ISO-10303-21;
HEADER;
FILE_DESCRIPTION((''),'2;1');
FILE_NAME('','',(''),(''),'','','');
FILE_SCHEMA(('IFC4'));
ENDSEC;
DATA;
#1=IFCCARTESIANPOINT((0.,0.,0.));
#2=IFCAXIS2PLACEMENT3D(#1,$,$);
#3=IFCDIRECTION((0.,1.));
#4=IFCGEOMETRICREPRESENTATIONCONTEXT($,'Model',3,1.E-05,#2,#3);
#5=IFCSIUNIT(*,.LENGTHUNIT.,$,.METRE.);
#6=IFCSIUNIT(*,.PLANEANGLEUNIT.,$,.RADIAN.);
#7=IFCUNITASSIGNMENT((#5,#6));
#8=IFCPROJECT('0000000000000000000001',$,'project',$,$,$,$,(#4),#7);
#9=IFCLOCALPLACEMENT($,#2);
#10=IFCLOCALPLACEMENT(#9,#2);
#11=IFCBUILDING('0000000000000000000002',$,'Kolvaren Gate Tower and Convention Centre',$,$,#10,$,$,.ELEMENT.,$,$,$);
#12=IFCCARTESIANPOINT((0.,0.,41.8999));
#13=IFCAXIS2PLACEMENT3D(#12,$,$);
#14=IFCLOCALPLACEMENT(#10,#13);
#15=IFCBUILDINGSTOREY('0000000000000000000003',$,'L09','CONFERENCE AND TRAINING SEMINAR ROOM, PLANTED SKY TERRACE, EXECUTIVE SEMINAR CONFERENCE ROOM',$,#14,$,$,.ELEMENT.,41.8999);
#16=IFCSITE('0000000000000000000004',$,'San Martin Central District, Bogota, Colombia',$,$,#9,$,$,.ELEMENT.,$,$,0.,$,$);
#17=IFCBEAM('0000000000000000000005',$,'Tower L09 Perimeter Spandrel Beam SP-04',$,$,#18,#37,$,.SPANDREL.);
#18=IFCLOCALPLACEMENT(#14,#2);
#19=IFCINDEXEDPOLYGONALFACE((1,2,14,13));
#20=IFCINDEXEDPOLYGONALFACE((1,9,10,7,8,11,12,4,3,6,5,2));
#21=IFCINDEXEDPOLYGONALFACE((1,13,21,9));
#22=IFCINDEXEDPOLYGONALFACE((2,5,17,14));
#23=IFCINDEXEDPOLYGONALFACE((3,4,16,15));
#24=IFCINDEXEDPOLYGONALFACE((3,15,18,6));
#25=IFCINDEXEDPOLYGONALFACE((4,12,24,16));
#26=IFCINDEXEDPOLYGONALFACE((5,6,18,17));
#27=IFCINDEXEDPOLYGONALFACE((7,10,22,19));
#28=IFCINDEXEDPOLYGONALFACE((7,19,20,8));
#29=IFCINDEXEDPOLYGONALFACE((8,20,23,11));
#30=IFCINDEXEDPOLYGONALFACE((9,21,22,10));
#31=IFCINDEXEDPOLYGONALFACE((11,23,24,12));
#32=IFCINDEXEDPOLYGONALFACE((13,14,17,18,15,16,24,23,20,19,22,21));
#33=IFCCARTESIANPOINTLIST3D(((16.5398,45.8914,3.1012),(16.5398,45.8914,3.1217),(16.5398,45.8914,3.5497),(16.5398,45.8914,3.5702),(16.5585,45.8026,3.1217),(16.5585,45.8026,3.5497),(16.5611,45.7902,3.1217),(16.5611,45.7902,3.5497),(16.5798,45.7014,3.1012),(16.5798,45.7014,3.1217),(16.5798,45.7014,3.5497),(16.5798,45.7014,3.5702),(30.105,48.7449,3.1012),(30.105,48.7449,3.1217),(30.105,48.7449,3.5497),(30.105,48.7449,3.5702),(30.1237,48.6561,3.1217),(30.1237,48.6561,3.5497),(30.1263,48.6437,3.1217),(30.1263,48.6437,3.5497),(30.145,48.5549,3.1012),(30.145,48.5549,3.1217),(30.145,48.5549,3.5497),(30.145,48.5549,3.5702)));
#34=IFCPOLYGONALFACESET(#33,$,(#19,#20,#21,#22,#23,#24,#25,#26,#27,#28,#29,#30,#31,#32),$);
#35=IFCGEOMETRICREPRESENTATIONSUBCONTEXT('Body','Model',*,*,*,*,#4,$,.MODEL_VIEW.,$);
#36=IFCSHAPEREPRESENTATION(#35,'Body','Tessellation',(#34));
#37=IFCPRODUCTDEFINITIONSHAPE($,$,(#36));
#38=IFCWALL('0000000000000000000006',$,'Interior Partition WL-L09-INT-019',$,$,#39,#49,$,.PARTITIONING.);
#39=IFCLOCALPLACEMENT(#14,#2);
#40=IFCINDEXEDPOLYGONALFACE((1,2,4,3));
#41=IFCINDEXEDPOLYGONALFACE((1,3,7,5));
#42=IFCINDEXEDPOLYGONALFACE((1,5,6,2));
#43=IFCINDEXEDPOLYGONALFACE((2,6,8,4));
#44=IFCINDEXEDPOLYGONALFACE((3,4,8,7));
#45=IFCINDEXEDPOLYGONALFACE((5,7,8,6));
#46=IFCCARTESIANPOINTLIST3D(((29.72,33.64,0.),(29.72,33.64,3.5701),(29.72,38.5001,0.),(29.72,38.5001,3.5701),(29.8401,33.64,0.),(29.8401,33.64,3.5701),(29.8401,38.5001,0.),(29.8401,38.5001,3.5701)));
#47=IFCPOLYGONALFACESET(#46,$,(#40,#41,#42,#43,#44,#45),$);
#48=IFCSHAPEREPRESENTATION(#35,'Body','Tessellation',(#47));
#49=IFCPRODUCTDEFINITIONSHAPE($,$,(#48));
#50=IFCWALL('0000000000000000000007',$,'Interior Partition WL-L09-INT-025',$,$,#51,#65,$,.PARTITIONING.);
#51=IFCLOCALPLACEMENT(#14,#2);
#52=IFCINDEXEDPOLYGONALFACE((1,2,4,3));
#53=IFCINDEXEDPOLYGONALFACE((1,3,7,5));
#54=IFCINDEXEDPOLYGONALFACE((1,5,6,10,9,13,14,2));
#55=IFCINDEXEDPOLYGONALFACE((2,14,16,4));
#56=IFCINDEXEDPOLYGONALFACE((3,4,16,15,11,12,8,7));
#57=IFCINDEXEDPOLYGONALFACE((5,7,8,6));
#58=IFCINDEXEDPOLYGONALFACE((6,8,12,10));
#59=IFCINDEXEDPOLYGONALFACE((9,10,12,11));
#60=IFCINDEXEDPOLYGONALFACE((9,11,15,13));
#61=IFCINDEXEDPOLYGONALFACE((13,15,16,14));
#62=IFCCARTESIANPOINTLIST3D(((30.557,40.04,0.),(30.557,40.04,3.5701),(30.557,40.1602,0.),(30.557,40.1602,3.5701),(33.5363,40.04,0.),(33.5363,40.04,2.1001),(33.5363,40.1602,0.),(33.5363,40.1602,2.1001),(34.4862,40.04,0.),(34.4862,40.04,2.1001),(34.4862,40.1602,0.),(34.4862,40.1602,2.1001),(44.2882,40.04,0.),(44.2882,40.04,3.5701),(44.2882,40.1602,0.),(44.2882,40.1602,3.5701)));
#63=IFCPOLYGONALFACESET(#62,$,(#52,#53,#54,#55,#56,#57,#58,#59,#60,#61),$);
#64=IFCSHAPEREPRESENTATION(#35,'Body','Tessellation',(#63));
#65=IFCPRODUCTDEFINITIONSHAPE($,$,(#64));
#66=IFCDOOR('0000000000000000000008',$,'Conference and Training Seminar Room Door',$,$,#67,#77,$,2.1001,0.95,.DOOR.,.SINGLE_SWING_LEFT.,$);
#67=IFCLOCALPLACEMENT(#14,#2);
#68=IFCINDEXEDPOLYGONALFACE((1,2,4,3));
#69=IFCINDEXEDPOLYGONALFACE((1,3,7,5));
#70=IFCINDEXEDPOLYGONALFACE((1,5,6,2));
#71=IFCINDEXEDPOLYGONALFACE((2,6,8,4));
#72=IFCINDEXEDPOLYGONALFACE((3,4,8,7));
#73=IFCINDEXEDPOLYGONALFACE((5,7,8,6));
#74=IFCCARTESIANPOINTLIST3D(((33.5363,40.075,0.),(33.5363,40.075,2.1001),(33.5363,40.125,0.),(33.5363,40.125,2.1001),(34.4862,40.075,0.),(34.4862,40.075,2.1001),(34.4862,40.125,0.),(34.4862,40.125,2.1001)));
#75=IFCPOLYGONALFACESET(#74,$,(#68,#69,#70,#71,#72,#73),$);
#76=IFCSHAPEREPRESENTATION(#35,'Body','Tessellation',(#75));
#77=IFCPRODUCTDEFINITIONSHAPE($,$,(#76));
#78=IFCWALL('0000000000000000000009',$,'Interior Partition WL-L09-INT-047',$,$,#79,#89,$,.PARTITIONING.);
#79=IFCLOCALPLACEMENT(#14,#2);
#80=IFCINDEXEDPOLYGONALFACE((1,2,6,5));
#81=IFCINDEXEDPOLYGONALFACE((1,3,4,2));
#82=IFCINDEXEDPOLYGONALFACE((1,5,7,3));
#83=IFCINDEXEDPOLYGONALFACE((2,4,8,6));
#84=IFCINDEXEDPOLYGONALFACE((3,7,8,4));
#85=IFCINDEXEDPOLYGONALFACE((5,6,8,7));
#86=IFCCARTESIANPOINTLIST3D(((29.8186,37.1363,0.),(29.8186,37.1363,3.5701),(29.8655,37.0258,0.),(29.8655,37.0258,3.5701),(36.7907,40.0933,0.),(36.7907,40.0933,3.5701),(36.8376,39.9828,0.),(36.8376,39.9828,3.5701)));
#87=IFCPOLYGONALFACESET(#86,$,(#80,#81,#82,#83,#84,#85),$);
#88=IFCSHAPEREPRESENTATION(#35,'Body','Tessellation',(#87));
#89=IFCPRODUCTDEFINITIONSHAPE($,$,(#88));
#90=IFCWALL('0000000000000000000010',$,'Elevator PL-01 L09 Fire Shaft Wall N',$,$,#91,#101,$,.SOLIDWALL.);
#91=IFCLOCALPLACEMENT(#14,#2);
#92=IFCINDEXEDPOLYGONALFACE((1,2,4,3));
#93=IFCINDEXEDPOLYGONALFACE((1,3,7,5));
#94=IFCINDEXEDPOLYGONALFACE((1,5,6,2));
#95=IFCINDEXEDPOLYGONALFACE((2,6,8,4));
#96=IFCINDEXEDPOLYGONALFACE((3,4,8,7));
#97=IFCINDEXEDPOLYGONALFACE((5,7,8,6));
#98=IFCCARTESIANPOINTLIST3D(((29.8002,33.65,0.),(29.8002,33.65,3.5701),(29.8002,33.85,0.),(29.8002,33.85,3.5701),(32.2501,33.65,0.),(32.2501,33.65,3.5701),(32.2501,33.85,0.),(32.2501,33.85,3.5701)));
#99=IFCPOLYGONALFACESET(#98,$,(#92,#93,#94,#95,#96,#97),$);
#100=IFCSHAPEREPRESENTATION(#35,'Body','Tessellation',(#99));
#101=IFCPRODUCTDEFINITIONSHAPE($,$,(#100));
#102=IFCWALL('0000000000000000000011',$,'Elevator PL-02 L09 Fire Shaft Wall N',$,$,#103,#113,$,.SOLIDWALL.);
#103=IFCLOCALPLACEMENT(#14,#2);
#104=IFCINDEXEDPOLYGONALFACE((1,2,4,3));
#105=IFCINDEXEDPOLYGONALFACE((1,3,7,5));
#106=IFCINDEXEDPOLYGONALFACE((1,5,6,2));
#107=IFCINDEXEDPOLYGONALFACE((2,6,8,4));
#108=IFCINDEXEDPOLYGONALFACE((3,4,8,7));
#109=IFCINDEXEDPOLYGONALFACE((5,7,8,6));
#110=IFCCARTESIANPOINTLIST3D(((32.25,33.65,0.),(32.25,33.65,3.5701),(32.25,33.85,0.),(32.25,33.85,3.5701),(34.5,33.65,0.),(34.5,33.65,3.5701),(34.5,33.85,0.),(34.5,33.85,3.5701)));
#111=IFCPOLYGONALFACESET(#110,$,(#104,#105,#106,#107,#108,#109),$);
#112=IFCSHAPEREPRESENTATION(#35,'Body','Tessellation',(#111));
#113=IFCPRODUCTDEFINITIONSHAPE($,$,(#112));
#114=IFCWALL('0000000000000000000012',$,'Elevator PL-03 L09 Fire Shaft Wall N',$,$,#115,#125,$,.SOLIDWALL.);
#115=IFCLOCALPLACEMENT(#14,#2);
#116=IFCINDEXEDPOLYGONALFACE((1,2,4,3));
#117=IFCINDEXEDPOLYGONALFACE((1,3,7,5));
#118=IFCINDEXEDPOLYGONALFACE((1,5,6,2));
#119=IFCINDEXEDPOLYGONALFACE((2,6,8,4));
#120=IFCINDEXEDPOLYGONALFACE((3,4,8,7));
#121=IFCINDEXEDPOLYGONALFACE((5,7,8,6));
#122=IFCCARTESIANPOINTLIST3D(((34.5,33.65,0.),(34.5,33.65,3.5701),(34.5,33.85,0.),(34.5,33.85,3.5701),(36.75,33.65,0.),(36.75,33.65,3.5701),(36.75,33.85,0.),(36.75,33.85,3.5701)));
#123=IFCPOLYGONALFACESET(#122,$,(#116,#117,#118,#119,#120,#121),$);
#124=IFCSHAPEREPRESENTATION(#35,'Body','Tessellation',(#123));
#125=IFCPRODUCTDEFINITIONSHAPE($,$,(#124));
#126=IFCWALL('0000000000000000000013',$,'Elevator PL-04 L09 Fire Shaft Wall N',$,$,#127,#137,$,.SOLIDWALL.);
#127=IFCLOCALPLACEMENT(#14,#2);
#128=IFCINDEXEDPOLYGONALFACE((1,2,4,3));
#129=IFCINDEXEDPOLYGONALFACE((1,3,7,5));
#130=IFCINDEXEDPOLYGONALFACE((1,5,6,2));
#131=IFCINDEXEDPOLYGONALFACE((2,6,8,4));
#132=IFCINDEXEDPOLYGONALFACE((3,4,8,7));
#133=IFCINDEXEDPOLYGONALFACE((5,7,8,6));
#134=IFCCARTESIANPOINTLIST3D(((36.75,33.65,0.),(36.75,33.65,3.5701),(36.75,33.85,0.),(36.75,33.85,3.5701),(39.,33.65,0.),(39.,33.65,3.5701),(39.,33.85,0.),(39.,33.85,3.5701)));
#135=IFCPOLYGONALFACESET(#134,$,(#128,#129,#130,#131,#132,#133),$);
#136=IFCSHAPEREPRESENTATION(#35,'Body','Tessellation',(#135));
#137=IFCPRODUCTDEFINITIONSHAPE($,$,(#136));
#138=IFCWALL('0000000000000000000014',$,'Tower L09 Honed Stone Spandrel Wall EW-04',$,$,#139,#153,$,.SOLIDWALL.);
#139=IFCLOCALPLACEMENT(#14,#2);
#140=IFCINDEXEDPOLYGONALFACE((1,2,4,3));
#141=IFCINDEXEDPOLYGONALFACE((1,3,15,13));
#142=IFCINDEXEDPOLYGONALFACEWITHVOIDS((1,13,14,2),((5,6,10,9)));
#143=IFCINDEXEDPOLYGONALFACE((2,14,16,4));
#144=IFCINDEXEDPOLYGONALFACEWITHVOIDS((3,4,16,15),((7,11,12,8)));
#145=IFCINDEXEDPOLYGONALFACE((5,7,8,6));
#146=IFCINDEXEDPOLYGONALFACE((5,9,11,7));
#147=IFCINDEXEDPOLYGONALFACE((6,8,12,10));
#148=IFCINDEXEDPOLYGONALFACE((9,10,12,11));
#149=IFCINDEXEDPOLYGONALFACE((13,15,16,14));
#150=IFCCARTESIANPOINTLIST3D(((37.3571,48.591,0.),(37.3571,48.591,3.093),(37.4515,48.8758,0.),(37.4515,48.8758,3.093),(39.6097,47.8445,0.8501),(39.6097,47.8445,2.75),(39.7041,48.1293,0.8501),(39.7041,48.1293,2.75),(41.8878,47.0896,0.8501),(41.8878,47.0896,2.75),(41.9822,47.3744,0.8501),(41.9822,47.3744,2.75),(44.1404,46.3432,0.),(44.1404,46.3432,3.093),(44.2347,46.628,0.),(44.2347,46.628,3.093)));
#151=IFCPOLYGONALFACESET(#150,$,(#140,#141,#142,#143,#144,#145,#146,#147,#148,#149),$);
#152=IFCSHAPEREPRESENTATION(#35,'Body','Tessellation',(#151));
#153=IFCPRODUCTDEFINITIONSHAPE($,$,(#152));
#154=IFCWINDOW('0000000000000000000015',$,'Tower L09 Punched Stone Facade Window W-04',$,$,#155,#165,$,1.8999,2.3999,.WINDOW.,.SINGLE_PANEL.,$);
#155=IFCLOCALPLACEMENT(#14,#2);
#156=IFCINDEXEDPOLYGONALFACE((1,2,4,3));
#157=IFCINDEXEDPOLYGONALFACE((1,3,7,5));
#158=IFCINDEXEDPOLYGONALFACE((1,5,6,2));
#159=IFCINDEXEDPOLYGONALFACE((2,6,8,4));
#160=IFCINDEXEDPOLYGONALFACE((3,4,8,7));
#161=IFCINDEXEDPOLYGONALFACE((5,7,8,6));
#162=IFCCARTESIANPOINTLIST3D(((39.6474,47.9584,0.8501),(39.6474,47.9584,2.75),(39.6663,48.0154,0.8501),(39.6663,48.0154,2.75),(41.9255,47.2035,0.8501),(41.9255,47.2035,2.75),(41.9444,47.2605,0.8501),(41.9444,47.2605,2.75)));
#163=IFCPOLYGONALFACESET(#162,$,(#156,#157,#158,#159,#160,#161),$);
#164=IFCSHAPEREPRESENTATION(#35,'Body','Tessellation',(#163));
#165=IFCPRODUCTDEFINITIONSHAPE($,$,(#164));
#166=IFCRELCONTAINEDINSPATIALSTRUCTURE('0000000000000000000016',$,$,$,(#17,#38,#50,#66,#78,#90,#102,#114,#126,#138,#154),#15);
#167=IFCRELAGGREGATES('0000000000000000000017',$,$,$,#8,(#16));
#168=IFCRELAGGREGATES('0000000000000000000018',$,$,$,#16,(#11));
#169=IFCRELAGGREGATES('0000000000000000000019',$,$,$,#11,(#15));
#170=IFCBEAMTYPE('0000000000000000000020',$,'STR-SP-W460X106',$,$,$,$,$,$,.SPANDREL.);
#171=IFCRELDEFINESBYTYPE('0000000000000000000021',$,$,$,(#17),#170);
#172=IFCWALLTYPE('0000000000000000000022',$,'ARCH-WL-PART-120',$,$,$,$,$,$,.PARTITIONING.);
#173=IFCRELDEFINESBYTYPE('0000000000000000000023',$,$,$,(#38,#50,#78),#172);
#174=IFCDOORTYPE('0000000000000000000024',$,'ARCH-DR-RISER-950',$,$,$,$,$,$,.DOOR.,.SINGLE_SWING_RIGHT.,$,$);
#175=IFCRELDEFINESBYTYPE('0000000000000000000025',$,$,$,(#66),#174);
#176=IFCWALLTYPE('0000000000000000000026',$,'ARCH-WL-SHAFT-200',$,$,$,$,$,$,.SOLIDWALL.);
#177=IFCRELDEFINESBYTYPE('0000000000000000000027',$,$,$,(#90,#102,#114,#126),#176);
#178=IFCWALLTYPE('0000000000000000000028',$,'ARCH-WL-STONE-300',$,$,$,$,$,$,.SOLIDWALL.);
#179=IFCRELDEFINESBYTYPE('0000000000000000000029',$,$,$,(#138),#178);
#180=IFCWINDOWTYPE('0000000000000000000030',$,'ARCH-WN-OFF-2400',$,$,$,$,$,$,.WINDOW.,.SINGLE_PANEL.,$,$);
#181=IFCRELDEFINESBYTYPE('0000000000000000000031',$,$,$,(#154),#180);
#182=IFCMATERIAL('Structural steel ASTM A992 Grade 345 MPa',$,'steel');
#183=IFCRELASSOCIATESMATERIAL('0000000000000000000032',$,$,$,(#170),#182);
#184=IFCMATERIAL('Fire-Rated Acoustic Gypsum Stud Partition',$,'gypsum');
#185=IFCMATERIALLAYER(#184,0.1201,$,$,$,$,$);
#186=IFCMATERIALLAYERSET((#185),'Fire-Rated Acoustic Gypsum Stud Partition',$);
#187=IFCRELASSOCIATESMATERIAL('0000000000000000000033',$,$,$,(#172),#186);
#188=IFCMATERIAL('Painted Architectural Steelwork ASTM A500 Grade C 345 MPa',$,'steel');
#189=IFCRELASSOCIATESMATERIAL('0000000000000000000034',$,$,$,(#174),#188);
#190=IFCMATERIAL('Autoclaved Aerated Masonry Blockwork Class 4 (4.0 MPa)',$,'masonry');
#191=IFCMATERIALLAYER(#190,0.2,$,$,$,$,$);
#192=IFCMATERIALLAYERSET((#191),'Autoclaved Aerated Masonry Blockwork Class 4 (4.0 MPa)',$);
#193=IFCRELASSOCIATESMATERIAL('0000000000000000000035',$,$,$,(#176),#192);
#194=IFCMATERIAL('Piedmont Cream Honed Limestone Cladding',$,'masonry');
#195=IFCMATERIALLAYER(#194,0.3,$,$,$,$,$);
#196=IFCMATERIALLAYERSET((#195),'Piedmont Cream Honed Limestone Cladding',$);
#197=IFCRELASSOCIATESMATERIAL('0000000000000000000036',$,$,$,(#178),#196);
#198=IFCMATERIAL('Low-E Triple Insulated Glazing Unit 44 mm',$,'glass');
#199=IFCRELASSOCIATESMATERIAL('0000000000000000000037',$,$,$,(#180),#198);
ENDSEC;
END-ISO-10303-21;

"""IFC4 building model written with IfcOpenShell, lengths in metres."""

from ifc_helpers import new_model, si_unit, direction, frame, frame_2d, origin, origin_2d, place, context, subcontext, project, spatial, rectangle, i_section, extrude, material, layer, layer_set, material_profile, profile_set, type_object, element, fill, save


model = new_model("IFC4")

# Units and contexts
model_context = context("Model", 3, precision=1e-05, world=origin(), true_north=direction((0.0, 1.0)))
body_context = subcontext(model_context, "Body", "Model", "MODEL_VIEW")
ifc_project = project(units=[si_unit("LENGTHUNIT", "METRE"), si_unit("PLANEANGLEUNIT", "RADIAN")], contexts=[model_context])

# Site, building, storey
site_placement = place(None, origin())
site = spatial("IfcSite", under=ifc_project, at=site_placement, Name="San Martin Central District, Bogota, Colombia", CompositionType="ELEMENT", RefElevation=0.0)
building_placement = place(site_placement, origin())
building = spatial("IfcBuilding", under=site, at=building_placement, Name="Kolvaren Gate Tower and Convention Centre", CompositionType="ELEMENT")
storey_placement = place(building_placement, frame((0.0, 0.0, 41.8999)))
storey = spatial("IfcBuildingStorey", under=building, at=storey_placement, Name="L09", Description="CONFERENCE AND TRAINING SEMINAR ROOM, PLANTED SKY TERRACE, EXECUTIVE SEMINAR CONFERENCE ROOM", CompositionType="ELEMENT", Elevation=41.8999)

# Beam
ifc_material_1 = material(Name="Structural steel ASTM A992 Grade 345 MPa", Category="steel")
ifc_material_profile_1 = material_profile(ifc_material_1, i_section(OverallWidth=0.1941, OverallDepth=0.469, WebThickness=0.0127, FlangeThickness=0.0205, at=origin_2d()), Name="W460X106")
ifc_profile_set_1 = profile_set([ifc_material_profile_1], Name="Structural steel ASTM A992 Grade 345 MPa")
beam_type_1 = type_object("IfcBeamType", Name="STR-SP-W460X106", PredefinedType="SPANDREL", material=ifc_profile_set_1)
beam_1_placement = place(storey_placement, frame((30.125, 48.6499, 3.3357), z_axis=(-0.978583, -0.205851, 0.0), x_axis=(0.205851, -0.978583, 0.0)))
element("IfcBeam", 1, at=beam_1_placement, inside=storey, type_object=beam_type_1, Name="Tower L09 Perimeter Spandrel Beam SP-04", PredefinedType="SPANDREL", context=body_context, shape_type="SweptSolid", body=[
    extrude(i_section(OverallWidth=0.1941, OverallDepth=0.469, WebThickness=0.0127, FlangeThickness=0.0205, at=origin_2d()), origin(), (0.0, 0.0, 1.0), 13.8621),
])

# Wall
ifc_material_2 = material(Name="Fire-Rated Acoustic Gypsum Stud Partition", Category="gypsum")
ifc_layer_1 = layer(ifc_material_2, 0.1201)
ifc_layer_set_1 = layer_set([ifc_layer_1], Name="Fire-Rated Acoustic Gypsum Stud Partition")
wall_type_1 = type_object("IfcWallType", Name="ARCH-WL-PART-120", PredefinedType="PARTITIONING", material=ifc_layer_set_1)
wall_1_placement = place(storey_placement, frame((29.78, 33.6399, 0.0), z_axis=(0.0, 0.0, 1.0), x_axis=(0.0, 1.0, 0.0)))
element("IfcWall", 2, at=wall_1_placement, inside=storey, type_object=wall_type_1, Name="Interior Partition WL-L09-INT-019", PredefinedType="PARTITIONING", context=body_context, shape_type="SweptSolid", body=[
    extrude(rectangle(XDim=4.8601, YDim=0.1201, at=frame_2d((2.4302, 0.0))), origin(), (0.0, 0.0, 1.0), 3.5701),
])

# Wall, opening, door
wall_2_placement = place(storey_placement, frame((30.5569, 40.1001, 0.0), z_axis=(0.0, 0.0, 1.0), x_axis=(1.0, 0.0, 0.0)))
wall_2 = element("IfcWall", 3, at=wall_2_placement, inside=storey, type_object=wall_type_1, Name="Interior Partition WL-L09-INT-025", PredefinedType="PARTITIONING", context=body_context, shape_type="SweptSolid", body=[
    extrude(rectangle(XDim=13.7312, YDim=0.1201, at=frame_2d((6.8657, 0.0))), origin(), (0.0, 0.0, 1.0), 3.5701),
])
opening_1_placement = place(wall_2_placement, frame((2.9792, 0.0, 0.0)))
opening_1 = element("IfcOpeningElement", 4, at=opening_1_placement, cuts=wall_2, PredefinedType="OPENING", context=body_context, shape_type="SweptSolid", body=[
    extrude(rectangle(XDim=0.95, YDim=2.1001, at=frame_2d((0.4751, 1.05))), frame((0.0, 0.0701, 0.0), z_axis=(0.0, -1.0, 0.0), x_axis=(1.0, 0.0, 0.0)), (0.0, 0.0, 1.0), 0.1401),
])
ifc_material_3 = material(Name="Painted Architectural Steelwork ASTM A500 Grade C 345 MPa", Category="steel")
door_type = type_object("IfcDoorType", Name="ARCH-DR-RISER-950", OperationType="SINGLE_SWING_RIGHT", PredefinedType="DOOR", material=ifc_material_3)
door_placement = place(opening_1_placement, origin())
door = element("IfcDoor", 5, at=door_placement, inside=storey, type_object=door_type, Name="Conference and Training Seminar Room Door", OperationType="SINGLE_SWING_LEFT", OverallHeight=2.1001, OverallWidth=0.95, PredefinedType="DOOR", context=body_context, shape_type="SweptSolid", body=[
    extrude(rectangle(XDim=0.95, YDim=2.1001, at=frame_2d((0.4751, 1.05))), frame((0.0, 0.0249, 0.0), z_axis=(0.0, -1.0, 0.0), x_axis=(1.0, 0.0, 0.0)), (0.0, 0.0, 1.0), 0.05),
])
fill(opening_1, door)

# Walls
wall_3_placement = place(storey_placement, frame((29.842, 37.0811, 0.0), z_axis=(0.0, 0.0, 1.0), x_axis=(0.920623, 0.390454, 0.0)))
element("IfcWall", 6, at=wall_3_placement, inside=storey, type_object=wall_type_1, Name="Interior Partition WL-L09-INT-047", PredefinedType="PARTITIONING", context=body_context, shape_type="SweptSolid", body=[
    extrude(rectangle(XDim=7.5732, YDim=0.1201, at=frame_2d((3.7866, 0.0))), origin(), (0.0, 0.0, 1.0), 3.5701),
])
ifc_material_4 = material(Name="Autoclaved Aerated Masonry Blockwork Class 4 (4.0 MPa)", Category="masonry")
ifc_layer_2 = layer(ifc_material_4, 0.2)
ifc_layer_set_2 = layer_set([ifc_layer_2], Name="Autoclaved Aerated Masonry Blockwork Class 4 (4.0 MPa)")
wall_type_2 = type_object("IfcWallType", Name="ARCH-WL-SHAFT-200", PredefinedType="SOLIDWALL", material=ifc_layer_set_2)
wall_4_placement = place(storey_placement, frame((29.8, 33.75, 0.0), z_axis=(0.0, 0.0, 1.0), x_axis=(1.0, 0.0, 0.0)))
element("IfcWall", 7, at=wall_4_placement, inside=storey, type_object=wall_type_2, Name="Elevator PL-01 L09 Fire Shaft Wall N", PredefinedType="SOLIDWALL", context=body_context, shape_type="SweptSolid", body=[
    extrude(rectangle(XDim=2.45, YDim=0.2, at=frame_2d((1.2251, 0.0))), origin(), (0.0, 0.0, 1.0), 3.5701),
])
for number, where, z_axis, x_axis, name in (
    (8, (32.25, 33.75, 0.0), (0.0, 0.0, 1.0), (1.0, 0.0, 0.0), "Elevator PL-02 L09 Fire Shaft Wall N"),
    (9, (34.5, 33.75, 0.0), (0.0, 0.0, 1.0), (1.0, 0.0, 0.0), "Elevator PL-03 L09 Fire Shaft Wall N"),
    (10, (36.75, 33.75, 0.0), (0.0, 0.0, 1.0), (1.0, 0.0, 0.0), "Elevator PL-04 L09 Fire Shaft Wall N"),
):
    element("IfcWall", number, at=place(storey_placement, frame(where, z_axis=z_axis, x_axis=x_axis)), inside=storey, type_object=wall_type_2, Name=name, PredefinedType="SOLIDWALL", context=body_context, shape_type="SweptSolid", body=[
        extrude(rectangle(XDim=2.25, YDim=0.2, at=frame_2d((1.125, 0.0))), origin(), (0.0, 0.0, 1.0), 3.5701),
    ])

# Wall, opening, window
ifc_material_5 = material(Name="Piedmont Cream Honed Limestone Cladding", Category="masonry")
ifc_layer_3 = layer(ifc_material_5, 0.3)
ifc_layer_set_3 = layer_set([ifc_layer_3], Name="Piedmont Cream Honed Limestone Cladding")
wall_type_3 = type_object("IfcWallType", Name="ARCH-WL-STONE-300", PredefinedType="SOLIDWALL", material=ifc_layer_set_3)
wall_5_placement = place(storey_placement, frame((37.4043, 48.7334, 0.0), z_axis=(0.0, 0.0, 1.0), x_axis=(0.949239, -0.314557, 0.0)))
wall_5 = element("IfcWall", 11, at=wall_5_placement, inside=storey, type_object=wall_type_3, Name="Tower L09 Honed Stone Spandrel Wall EW-04", PredefinedType="SOLIDWALL", context=body_context, shape_type="SweptSolid", body=[
    extrude(rectangle(XDim=7.146, YDim=0.3, at=frame_2d((3.573, 0.0))), origin(), (0.0, 0.0, 1.0), 3.093),
])
opening_2_placement = place(wall_5_placement, frame((2.373, 0.0, 0.8501)))
opening_2 = element("IfcOpeningElement", 12, at=opening_2_placement, cuts=wall_5, PredefinedType="OPENING", context=body_context, shape_type="SweptSolid", body=[
    extrude(rectangle(XDim=2.3999, YDim=1.8999, at=frame_2d((1.2, 0.95))), frame((0.0, 0.1599, 0.0), z_axis=(0.0, -1.0, 0.0), x_axis=(1.0, 0.0, 0.0)), (0.0, 0.0, 1.0), 0.3201),
])
ifc_material_6 = material(Name="Low-E Triple Insulated Glazing Unit 44 mm", Category="glass")
window_type = type_object("IfcWindowType", Name="ARCH-WN-OFF-2400", PartitioningType="SINGLE_PANEL", PredefinedType="WINDOW", material=ifc_material_6)
window_1_placement = place(opening_2_placement, origin())
window_1 = element("IfcWindow", 13, at=window_1_placement, inside=storey, type_object=window_type, Name="Tower L09 Punched Stone Facade Window W-04", OverallHeight=1.8999, OverallWidth=2.3999, PartitioningType="SINGLE_PANEL", PredefinedType="WINDOW", context=body_context, shape_type="SweptSolid", body=[
    extrude(rectangle(XDim=2.3999, YDim=1.8999, at=frame_2d((1.2, 0.95))), frame((0.0, 0.03, 0.0), z_axis=(0.0, -1.0, 0.0), x_axis=(1.0, 0.0, 0.0)), (0.0, 0.0, 1.0), 0.0601),
])
fill(opening_2, window_1)

save(model, "model.ifc")
